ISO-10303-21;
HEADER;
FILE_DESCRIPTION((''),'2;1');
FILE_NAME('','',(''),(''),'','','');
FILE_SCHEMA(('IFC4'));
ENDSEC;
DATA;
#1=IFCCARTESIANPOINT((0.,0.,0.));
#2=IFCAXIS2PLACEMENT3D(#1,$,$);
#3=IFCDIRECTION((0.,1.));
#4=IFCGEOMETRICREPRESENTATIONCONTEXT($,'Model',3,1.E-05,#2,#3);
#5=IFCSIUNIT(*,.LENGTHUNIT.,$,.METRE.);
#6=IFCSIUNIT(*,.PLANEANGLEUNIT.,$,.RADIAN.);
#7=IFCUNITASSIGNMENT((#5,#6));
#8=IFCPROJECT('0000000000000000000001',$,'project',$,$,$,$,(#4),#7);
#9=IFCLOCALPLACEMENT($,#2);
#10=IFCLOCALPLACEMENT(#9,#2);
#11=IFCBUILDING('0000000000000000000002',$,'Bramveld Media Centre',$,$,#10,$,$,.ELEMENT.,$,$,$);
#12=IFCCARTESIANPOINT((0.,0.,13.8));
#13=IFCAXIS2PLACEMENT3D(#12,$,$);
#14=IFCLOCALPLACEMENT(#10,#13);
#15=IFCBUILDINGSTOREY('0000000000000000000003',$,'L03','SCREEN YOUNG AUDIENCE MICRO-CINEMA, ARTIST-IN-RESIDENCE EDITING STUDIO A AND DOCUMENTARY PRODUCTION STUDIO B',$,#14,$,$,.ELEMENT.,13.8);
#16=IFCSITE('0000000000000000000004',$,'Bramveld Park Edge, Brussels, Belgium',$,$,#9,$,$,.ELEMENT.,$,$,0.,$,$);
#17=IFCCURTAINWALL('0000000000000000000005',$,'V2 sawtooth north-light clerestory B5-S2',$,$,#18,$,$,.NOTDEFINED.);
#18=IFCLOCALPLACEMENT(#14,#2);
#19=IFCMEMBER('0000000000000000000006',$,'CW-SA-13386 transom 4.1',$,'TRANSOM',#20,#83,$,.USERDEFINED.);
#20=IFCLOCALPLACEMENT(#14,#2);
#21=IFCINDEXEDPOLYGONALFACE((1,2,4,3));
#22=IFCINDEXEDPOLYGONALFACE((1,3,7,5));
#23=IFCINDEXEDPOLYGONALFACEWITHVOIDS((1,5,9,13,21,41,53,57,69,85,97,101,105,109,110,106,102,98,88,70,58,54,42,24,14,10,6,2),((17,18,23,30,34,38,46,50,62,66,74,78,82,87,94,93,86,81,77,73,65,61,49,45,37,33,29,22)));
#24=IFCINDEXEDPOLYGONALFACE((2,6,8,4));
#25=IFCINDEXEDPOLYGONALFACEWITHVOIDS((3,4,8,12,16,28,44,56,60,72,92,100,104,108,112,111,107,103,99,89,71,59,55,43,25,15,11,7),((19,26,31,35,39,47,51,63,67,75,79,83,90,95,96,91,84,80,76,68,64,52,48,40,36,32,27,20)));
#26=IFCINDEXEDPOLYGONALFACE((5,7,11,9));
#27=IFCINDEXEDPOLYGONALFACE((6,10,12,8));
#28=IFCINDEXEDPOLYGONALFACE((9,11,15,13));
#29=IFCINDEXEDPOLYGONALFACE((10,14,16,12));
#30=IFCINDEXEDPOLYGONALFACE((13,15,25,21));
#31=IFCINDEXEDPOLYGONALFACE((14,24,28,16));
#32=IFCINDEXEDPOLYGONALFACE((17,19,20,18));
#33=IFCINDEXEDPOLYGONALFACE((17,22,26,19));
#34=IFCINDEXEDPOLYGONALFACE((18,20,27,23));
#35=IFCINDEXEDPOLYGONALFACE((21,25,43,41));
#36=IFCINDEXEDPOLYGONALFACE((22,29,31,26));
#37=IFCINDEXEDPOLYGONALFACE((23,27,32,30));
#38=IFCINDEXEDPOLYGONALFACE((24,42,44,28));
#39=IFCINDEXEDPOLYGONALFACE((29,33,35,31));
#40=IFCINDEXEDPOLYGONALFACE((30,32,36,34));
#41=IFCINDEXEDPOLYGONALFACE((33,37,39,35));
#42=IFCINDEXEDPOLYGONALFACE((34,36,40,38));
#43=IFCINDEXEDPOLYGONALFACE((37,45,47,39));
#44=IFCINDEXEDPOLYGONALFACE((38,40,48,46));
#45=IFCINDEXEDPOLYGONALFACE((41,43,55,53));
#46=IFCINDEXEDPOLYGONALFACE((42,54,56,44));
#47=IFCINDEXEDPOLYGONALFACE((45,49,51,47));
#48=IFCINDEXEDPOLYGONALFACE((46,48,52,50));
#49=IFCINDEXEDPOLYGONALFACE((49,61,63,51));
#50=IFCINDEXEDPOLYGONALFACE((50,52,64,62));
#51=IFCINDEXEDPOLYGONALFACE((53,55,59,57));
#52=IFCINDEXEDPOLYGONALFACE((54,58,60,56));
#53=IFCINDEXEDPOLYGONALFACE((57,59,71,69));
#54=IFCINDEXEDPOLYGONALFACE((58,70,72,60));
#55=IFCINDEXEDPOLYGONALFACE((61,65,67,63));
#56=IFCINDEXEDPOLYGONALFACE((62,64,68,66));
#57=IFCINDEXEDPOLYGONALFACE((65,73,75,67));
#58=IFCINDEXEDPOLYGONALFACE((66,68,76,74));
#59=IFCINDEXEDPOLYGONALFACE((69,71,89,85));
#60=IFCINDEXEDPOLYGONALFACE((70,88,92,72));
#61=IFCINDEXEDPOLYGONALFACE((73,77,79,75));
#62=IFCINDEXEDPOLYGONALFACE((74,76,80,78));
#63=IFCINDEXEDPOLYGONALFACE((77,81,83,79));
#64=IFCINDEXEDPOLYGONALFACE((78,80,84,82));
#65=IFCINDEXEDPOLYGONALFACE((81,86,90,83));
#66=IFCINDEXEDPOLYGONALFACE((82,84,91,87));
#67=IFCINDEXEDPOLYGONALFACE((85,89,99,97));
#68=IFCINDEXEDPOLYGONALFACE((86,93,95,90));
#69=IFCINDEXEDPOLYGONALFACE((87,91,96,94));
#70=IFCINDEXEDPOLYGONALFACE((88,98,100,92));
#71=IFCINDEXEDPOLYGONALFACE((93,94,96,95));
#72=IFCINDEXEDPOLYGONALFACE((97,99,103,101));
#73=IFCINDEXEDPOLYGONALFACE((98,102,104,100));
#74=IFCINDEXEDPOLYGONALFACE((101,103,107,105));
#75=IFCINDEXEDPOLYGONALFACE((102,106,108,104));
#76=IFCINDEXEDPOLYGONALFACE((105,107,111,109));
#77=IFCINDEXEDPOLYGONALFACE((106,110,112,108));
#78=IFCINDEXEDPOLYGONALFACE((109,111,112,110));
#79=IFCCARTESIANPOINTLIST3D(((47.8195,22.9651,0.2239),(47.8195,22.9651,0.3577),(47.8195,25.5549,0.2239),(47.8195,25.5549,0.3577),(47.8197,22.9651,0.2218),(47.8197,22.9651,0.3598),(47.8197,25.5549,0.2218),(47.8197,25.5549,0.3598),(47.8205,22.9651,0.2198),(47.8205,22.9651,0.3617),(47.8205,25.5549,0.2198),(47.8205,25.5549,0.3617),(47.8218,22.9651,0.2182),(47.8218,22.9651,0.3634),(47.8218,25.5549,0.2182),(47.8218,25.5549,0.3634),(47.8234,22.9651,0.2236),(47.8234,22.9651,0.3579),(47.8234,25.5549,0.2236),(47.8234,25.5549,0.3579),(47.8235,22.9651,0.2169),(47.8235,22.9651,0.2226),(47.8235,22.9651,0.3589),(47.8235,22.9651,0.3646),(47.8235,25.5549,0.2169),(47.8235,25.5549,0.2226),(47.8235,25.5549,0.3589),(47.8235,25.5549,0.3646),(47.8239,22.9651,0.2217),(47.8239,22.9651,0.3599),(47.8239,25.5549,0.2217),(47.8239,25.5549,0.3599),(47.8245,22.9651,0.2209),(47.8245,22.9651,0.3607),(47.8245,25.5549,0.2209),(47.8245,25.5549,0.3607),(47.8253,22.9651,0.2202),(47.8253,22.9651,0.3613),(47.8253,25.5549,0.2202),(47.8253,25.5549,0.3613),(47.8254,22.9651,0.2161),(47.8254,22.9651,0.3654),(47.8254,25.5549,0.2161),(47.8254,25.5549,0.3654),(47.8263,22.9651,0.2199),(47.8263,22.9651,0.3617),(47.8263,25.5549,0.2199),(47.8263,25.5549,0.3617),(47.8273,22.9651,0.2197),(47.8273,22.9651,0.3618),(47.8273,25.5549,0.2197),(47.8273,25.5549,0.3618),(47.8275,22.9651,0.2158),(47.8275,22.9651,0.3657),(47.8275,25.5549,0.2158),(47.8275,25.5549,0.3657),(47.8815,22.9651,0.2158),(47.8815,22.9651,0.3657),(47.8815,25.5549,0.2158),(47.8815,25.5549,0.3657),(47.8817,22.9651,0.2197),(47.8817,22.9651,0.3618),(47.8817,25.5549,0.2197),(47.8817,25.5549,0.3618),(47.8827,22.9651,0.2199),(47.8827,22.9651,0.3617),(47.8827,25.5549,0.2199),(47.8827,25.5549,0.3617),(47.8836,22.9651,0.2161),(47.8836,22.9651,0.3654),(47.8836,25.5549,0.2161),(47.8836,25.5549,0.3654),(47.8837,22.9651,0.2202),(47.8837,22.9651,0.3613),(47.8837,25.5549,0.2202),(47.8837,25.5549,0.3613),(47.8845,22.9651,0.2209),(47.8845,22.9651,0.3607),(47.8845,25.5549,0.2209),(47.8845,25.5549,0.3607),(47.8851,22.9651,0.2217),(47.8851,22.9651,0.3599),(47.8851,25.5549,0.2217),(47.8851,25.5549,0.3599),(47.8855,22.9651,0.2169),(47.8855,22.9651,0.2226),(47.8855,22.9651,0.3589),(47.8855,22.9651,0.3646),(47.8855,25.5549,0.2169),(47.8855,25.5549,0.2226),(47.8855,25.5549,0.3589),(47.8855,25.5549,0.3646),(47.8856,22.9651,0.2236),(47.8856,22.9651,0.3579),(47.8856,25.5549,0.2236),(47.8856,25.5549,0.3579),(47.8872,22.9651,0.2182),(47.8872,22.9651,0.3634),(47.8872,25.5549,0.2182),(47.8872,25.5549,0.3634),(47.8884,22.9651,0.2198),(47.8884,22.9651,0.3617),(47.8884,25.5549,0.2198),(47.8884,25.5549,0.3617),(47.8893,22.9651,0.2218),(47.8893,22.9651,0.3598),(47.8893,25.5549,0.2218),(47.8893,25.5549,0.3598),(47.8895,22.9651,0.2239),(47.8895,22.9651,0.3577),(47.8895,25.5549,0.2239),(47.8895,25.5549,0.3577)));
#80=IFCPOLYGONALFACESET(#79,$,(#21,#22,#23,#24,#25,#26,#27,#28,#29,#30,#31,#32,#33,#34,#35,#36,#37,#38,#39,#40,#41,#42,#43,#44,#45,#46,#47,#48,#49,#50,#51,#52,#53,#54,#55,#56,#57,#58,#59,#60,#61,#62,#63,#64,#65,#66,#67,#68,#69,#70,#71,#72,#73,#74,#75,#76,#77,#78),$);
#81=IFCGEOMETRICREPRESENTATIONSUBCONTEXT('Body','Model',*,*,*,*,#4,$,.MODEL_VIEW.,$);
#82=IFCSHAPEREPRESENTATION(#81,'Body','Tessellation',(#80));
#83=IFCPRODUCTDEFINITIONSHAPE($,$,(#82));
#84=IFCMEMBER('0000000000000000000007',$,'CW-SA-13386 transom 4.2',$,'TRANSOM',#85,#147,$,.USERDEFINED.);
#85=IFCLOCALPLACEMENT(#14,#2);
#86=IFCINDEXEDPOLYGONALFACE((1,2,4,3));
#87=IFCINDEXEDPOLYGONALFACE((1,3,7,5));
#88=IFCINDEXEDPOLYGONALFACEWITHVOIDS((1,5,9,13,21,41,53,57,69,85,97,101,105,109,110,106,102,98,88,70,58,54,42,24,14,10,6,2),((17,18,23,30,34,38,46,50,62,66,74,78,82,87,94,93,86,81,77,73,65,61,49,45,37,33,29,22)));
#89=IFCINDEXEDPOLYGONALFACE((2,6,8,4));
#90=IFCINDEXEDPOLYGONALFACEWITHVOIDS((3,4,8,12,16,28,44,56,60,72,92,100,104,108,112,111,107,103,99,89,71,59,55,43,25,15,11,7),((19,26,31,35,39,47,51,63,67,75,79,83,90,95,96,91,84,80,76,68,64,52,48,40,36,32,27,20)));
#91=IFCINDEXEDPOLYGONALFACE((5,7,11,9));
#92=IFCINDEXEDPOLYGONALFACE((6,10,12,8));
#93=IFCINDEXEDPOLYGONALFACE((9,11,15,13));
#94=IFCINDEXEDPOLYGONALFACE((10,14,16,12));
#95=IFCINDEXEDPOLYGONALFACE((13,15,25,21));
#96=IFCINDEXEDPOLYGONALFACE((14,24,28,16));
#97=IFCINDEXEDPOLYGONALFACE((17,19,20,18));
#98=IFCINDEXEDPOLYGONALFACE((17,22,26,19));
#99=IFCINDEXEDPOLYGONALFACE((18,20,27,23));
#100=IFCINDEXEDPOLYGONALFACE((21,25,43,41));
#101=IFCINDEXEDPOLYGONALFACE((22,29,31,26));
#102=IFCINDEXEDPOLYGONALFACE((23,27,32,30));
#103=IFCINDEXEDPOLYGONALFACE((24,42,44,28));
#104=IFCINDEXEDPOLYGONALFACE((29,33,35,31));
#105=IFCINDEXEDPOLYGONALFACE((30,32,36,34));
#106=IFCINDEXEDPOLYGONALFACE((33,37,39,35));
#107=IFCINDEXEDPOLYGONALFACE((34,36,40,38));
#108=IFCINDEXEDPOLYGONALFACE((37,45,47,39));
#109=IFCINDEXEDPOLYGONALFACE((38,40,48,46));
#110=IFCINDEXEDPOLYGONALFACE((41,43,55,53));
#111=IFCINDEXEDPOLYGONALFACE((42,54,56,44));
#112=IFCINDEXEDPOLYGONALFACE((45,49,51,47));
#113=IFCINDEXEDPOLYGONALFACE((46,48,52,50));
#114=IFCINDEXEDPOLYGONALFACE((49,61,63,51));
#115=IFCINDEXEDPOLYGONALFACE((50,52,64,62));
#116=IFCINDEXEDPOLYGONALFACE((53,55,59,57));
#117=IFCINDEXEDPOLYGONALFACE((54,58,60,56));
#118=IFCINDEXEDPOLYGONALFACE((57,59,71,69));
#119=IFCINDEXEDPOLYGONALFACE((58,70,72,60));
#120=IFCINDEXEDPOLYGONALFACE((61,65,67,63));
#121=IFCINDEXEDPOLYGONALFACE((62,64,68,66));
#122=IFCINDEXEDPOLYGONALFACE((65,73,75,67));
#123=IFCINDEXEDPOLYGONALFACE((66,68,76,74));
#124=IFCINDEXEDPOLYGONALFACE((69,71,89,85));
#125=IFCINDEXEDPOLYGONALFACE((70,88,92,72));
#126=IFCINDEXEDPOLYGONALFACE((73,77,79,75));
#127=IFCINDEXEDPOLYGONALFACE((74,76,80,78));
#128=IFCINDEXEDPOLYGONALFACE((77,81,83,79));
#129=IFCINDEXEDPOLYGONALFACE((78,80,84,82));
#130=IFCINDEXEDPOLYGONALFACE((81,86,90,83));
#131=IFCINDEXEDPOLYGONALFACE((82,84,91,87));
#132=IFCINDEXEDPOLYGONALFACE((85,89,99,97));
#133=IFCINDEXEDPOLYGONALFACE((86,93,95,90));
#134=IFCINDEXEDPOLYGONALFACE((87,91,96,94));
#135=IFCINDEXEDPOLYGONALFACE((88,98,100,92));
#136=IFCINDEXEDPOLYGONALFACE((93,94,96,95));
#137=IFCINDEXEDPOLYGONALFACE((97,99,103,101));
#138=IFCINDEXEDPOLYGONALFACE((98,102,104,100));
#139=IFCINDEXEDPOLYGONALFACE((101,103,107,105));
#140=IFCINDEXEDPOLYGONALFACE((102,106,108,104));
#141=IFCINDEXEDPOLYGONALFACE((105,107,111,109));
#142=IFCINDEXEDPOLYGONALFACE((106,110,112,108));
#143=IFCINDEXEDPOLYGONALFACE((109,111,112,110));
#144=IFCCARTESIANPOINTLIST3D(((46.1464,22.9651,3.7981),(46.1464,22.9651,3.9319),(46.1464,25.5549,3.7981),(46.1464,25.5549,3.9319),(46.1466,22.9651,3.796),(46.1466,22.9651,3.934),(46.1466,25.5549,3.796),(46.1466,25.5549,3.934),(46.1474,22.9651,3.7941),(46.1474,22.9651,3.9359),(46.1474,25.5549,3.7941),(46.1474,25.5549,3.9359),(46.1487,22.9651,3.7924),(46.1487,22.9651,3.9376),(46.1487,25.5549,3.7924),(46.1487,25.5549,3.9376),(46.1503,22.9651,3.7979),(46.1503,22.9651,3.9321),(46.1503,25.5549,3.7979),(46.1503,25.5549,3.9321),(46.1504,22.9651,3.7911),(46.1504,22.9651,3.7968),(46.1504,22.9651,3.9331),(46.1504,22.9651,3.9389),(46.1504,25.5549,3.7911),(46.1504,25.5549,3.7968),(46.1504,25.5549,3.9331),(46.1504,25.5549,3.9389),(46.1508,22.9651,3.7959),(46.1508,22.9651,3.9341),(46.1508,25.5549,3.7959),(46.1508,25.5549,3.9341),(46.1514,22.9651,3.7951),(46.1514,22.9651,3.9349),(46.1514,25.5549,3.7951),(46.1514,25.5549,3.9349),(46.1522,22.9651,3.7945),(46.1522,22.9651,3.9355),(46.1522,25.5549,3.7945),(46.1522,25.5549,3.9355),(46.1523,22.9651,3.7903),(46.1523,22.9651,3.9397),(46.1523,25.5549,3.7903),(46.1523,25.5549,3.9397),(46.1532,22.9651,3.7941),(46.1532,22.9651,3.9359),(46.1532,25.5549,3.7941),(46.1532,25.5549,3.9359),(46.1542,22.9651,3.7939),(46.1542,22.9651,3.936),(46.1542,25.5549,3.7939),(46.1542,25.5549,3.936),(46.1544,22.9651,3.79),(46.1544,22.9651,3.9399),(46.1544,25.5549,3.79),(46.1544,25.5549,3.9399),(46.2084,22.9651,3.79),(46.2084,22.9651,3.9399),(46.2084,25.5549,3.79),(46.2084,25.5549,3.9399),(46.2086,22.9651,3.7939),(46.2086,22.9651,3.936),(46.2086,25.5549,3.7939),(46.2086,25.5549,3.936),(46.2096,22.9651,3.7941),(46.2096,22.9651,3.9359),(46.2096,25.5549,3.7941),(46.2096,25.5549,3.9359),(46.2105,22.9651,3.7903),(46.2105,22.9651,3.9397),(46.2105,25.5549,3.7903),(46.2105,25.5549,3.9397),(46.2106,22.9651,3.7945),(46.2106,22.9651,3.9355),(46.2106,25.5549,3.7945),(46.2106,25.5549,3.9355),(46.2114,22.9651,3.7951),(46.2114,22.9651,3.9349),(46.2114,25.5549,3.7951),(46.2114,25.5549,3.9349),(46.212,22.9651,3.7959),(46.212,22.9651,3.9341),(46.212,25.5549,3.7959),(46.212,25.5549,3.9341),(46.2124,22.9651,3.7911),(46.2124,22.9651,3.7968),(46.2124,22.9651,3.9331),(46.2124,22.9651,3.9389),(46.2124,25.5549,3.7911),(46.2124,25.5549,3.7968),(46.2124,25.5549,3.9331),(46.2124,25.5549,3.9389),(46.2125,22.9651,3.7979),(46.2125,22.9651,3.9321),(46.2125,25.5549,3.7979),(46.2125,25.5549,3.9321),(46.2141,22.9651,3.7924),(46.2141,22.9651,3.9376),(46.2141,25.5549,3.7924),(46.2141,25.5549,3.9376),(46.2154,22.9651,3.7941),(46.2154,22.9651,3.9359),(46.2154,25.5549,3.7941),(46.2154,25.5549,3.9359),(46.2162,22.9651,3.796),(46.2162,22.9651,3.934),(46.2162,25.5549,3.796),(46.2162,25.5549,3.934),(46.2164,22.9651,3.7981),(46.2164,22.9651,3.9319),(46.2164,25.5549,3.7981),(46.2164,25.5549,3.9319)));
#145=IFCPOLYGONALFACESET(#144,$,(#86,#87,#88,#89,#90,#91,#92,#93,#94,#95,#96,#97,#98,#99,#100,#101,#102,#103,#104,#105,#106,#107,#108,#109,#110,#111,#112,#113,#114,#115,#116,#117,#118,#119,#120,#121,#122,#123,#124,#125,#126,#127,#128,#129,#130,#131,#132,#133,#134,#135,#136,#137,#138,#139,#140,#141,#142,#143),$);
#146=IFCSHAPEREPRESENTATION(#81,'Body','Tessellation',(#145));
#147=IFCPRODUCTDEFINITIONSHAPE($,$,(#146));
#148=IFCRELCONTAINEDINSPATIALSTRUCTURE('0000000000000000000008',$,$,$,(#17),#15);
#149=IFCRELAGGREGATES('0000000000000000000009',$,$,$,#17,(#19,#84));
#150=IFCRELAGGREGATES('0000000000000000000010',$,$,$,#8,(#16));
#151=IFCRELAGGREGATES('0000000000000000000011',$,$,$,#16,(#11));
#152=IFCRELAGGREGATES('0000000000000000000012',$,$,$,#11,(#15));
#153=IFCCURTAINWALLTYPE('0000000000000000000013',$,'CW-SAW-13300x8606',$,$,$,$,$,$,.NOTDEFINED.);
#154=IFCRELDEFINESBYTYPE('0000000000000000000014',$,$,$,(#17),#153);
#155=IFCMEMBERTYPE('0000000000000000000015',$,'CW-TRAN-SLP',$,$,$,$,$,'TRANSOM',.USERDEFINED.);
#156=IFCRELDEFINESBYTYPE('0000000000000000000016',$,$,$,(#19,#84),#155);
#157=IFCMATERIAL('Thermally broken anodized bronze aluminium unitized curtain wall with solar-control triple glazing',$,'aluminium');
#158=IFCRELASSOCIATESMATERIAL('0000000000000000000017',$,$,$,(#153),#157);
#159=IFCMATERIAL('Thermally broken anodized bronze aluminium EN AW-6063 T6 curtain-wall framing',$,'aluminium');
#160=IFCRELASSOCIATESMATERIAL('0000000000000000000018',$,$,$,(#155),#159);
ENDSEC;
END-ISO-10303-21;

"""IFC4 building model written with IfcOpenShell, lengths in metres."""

from ifc_helpers import new_model, si_unit, direction, frame, origin, origin_2d, place, context, subcontext, project, spatial, hollow_rectangle, extrude, material, material_profile, profile_set, type_object, element, aggregate, save


model = new_model("IFC4")

# Units and contexts
model_context = context("Model", 3, precision=1e-05, world=origin(), true_north=direction((0.0, 1.0)))
body_context = subcontext(model_context, "Body", "Model", "MODEL_VIEW")
ifc_project = project(units=[si_unit("LENGTHUNIT", "METRE"), si_unit("PLANEANGLEUNIT", "RADIAN")], contexts=[model_context])

# Site, building, storey
site_placement = place(None, origin())
site = spatial("IfcSite", under=ifc_project, at=site_placement, Name="Bramveld Park Edge, Brussels, Belgium", CompositionType="ELEMENT", RefElevation=0.0)
building_placement = place(site_placement, origin())
building = spatial("IfcBuilding", under=site, at=building_placement, Name="Bramveld Media Centre", CompositionType="ELEMENT")
storey_placement = place(building_placement, frame((0.0, 0.0, 13.8)))
storey = spatial("IfcBuildingStorey", under=building, at=storey_placement, Name="L03", Description="SCREEN YOUNG AUDIENCE MICRO-CINEMA, ARTIST-IN-RESIDENCE EDITING STUDIO A AND DOCUMENTARY PRODUCTION STUDIO B", CompositionType="ELEMENT", Elevation=13.8)

# Curtain wall
ifc_material_1 = material(Name="Thermally broken anodized bronze aluminium unitized curtain wall with solar-control triple glazing", Category="aluminium")
curtain_wall_type = type_object("IfcCurtainWallType", Name="CW-SAW-13300x8606", PredefinedType="NOTDEFINED", material=ifc_material_1)
curtain_wall_1_placement = place(storey_placement, origin())
curtain_wall_1 = element("IfcCurtainWall", 1, at=curtain_wall_1_placement, inside=storey, type_object=curtain_wall_type, Name="V2 sawtooth north-light clerestory B5-S2", PredefinedType="NOTDEFINED")

# Members
ifc_material_2 = material(Name="Thermally broken anodized bronze aluminium EN AW-6063 T6 curtain-wall framing", Category="aluminium")
ifc_material_profile_1 = material_profile(ifc_material_2, hollow_rectangle(XDim=0.0701, YDim=0.1499, WallThickness=0.0039, InnerFilletRadius=0.0039, OuterFilletRadius=0.0081, at=origin_2d()), Name="AL-TRAN 70x150")
ifc_profile_set_1 = profile_set([ifc_material_profile_1], Name="Thermally broken anodized bronze aluminium EN AW-6063 T6 curtain-wall framing")
member_type_1 = type_object("IfcMemberType", Name="CW-TRAN-SLP", ElementType="TRANSOM", PredefinedType="USERDEFINED", material=ifc_profile_set_1)
member_1_placement = place(storey_placement, frame((47.8545, 22.9651, 0.2908), z_axis=(0.0, 1.0, 0.0), x_axis=(-1.0, 0.0, 0.0)))
member_1 = element("IfcMember", 2, at=member_1_placement, type_object=member_type_1, Name="CW-SA-13386 transom 4.1", ObjectType="TRANSOM", PredefinedType="USERDEFINED", context=body_context, shape_type="SweptSolid", body=[
    extrude(hollow_rectangle(XDim=0.0701, YDim=0.1499, WallThickness=0.0039, InnerFilletRadius=0.0039, OuterFilletRadius=0.0081, at=origin_2d()), origin(), (0.0, 0.0, 1.0), 2.5898),
])
member_2_placement = place(storey_placement, frame((46.1814, 22.9651, 3.865), z_axis=(0.0, 1.0, 0.0), x_axis=(-1.0, 0.0, 0.0)))
member_2 = element("IfcMember", 3, at=member_2_placement, type_object=member_type_1, Name="CW-SA-13386 transom 4.2", ObjectType="TRANSOM", PredefinedType="USERDEFINED", context=body_context, shape_type="SweptSolid", body=[
    extrude(hollow_rectangle(XDim=0.0701, YDim=0.1499, WallThickness=0.0039, InnerFilletRadius=0.0039, OuterFilletRadius=0.0081, at=origin_2d()), origin(), (0.0, 0.0, 1.0), 2.5898),
])

aggregate(curtain_wall_1, [member_1, member_2])

save(model, "model.ifc")
